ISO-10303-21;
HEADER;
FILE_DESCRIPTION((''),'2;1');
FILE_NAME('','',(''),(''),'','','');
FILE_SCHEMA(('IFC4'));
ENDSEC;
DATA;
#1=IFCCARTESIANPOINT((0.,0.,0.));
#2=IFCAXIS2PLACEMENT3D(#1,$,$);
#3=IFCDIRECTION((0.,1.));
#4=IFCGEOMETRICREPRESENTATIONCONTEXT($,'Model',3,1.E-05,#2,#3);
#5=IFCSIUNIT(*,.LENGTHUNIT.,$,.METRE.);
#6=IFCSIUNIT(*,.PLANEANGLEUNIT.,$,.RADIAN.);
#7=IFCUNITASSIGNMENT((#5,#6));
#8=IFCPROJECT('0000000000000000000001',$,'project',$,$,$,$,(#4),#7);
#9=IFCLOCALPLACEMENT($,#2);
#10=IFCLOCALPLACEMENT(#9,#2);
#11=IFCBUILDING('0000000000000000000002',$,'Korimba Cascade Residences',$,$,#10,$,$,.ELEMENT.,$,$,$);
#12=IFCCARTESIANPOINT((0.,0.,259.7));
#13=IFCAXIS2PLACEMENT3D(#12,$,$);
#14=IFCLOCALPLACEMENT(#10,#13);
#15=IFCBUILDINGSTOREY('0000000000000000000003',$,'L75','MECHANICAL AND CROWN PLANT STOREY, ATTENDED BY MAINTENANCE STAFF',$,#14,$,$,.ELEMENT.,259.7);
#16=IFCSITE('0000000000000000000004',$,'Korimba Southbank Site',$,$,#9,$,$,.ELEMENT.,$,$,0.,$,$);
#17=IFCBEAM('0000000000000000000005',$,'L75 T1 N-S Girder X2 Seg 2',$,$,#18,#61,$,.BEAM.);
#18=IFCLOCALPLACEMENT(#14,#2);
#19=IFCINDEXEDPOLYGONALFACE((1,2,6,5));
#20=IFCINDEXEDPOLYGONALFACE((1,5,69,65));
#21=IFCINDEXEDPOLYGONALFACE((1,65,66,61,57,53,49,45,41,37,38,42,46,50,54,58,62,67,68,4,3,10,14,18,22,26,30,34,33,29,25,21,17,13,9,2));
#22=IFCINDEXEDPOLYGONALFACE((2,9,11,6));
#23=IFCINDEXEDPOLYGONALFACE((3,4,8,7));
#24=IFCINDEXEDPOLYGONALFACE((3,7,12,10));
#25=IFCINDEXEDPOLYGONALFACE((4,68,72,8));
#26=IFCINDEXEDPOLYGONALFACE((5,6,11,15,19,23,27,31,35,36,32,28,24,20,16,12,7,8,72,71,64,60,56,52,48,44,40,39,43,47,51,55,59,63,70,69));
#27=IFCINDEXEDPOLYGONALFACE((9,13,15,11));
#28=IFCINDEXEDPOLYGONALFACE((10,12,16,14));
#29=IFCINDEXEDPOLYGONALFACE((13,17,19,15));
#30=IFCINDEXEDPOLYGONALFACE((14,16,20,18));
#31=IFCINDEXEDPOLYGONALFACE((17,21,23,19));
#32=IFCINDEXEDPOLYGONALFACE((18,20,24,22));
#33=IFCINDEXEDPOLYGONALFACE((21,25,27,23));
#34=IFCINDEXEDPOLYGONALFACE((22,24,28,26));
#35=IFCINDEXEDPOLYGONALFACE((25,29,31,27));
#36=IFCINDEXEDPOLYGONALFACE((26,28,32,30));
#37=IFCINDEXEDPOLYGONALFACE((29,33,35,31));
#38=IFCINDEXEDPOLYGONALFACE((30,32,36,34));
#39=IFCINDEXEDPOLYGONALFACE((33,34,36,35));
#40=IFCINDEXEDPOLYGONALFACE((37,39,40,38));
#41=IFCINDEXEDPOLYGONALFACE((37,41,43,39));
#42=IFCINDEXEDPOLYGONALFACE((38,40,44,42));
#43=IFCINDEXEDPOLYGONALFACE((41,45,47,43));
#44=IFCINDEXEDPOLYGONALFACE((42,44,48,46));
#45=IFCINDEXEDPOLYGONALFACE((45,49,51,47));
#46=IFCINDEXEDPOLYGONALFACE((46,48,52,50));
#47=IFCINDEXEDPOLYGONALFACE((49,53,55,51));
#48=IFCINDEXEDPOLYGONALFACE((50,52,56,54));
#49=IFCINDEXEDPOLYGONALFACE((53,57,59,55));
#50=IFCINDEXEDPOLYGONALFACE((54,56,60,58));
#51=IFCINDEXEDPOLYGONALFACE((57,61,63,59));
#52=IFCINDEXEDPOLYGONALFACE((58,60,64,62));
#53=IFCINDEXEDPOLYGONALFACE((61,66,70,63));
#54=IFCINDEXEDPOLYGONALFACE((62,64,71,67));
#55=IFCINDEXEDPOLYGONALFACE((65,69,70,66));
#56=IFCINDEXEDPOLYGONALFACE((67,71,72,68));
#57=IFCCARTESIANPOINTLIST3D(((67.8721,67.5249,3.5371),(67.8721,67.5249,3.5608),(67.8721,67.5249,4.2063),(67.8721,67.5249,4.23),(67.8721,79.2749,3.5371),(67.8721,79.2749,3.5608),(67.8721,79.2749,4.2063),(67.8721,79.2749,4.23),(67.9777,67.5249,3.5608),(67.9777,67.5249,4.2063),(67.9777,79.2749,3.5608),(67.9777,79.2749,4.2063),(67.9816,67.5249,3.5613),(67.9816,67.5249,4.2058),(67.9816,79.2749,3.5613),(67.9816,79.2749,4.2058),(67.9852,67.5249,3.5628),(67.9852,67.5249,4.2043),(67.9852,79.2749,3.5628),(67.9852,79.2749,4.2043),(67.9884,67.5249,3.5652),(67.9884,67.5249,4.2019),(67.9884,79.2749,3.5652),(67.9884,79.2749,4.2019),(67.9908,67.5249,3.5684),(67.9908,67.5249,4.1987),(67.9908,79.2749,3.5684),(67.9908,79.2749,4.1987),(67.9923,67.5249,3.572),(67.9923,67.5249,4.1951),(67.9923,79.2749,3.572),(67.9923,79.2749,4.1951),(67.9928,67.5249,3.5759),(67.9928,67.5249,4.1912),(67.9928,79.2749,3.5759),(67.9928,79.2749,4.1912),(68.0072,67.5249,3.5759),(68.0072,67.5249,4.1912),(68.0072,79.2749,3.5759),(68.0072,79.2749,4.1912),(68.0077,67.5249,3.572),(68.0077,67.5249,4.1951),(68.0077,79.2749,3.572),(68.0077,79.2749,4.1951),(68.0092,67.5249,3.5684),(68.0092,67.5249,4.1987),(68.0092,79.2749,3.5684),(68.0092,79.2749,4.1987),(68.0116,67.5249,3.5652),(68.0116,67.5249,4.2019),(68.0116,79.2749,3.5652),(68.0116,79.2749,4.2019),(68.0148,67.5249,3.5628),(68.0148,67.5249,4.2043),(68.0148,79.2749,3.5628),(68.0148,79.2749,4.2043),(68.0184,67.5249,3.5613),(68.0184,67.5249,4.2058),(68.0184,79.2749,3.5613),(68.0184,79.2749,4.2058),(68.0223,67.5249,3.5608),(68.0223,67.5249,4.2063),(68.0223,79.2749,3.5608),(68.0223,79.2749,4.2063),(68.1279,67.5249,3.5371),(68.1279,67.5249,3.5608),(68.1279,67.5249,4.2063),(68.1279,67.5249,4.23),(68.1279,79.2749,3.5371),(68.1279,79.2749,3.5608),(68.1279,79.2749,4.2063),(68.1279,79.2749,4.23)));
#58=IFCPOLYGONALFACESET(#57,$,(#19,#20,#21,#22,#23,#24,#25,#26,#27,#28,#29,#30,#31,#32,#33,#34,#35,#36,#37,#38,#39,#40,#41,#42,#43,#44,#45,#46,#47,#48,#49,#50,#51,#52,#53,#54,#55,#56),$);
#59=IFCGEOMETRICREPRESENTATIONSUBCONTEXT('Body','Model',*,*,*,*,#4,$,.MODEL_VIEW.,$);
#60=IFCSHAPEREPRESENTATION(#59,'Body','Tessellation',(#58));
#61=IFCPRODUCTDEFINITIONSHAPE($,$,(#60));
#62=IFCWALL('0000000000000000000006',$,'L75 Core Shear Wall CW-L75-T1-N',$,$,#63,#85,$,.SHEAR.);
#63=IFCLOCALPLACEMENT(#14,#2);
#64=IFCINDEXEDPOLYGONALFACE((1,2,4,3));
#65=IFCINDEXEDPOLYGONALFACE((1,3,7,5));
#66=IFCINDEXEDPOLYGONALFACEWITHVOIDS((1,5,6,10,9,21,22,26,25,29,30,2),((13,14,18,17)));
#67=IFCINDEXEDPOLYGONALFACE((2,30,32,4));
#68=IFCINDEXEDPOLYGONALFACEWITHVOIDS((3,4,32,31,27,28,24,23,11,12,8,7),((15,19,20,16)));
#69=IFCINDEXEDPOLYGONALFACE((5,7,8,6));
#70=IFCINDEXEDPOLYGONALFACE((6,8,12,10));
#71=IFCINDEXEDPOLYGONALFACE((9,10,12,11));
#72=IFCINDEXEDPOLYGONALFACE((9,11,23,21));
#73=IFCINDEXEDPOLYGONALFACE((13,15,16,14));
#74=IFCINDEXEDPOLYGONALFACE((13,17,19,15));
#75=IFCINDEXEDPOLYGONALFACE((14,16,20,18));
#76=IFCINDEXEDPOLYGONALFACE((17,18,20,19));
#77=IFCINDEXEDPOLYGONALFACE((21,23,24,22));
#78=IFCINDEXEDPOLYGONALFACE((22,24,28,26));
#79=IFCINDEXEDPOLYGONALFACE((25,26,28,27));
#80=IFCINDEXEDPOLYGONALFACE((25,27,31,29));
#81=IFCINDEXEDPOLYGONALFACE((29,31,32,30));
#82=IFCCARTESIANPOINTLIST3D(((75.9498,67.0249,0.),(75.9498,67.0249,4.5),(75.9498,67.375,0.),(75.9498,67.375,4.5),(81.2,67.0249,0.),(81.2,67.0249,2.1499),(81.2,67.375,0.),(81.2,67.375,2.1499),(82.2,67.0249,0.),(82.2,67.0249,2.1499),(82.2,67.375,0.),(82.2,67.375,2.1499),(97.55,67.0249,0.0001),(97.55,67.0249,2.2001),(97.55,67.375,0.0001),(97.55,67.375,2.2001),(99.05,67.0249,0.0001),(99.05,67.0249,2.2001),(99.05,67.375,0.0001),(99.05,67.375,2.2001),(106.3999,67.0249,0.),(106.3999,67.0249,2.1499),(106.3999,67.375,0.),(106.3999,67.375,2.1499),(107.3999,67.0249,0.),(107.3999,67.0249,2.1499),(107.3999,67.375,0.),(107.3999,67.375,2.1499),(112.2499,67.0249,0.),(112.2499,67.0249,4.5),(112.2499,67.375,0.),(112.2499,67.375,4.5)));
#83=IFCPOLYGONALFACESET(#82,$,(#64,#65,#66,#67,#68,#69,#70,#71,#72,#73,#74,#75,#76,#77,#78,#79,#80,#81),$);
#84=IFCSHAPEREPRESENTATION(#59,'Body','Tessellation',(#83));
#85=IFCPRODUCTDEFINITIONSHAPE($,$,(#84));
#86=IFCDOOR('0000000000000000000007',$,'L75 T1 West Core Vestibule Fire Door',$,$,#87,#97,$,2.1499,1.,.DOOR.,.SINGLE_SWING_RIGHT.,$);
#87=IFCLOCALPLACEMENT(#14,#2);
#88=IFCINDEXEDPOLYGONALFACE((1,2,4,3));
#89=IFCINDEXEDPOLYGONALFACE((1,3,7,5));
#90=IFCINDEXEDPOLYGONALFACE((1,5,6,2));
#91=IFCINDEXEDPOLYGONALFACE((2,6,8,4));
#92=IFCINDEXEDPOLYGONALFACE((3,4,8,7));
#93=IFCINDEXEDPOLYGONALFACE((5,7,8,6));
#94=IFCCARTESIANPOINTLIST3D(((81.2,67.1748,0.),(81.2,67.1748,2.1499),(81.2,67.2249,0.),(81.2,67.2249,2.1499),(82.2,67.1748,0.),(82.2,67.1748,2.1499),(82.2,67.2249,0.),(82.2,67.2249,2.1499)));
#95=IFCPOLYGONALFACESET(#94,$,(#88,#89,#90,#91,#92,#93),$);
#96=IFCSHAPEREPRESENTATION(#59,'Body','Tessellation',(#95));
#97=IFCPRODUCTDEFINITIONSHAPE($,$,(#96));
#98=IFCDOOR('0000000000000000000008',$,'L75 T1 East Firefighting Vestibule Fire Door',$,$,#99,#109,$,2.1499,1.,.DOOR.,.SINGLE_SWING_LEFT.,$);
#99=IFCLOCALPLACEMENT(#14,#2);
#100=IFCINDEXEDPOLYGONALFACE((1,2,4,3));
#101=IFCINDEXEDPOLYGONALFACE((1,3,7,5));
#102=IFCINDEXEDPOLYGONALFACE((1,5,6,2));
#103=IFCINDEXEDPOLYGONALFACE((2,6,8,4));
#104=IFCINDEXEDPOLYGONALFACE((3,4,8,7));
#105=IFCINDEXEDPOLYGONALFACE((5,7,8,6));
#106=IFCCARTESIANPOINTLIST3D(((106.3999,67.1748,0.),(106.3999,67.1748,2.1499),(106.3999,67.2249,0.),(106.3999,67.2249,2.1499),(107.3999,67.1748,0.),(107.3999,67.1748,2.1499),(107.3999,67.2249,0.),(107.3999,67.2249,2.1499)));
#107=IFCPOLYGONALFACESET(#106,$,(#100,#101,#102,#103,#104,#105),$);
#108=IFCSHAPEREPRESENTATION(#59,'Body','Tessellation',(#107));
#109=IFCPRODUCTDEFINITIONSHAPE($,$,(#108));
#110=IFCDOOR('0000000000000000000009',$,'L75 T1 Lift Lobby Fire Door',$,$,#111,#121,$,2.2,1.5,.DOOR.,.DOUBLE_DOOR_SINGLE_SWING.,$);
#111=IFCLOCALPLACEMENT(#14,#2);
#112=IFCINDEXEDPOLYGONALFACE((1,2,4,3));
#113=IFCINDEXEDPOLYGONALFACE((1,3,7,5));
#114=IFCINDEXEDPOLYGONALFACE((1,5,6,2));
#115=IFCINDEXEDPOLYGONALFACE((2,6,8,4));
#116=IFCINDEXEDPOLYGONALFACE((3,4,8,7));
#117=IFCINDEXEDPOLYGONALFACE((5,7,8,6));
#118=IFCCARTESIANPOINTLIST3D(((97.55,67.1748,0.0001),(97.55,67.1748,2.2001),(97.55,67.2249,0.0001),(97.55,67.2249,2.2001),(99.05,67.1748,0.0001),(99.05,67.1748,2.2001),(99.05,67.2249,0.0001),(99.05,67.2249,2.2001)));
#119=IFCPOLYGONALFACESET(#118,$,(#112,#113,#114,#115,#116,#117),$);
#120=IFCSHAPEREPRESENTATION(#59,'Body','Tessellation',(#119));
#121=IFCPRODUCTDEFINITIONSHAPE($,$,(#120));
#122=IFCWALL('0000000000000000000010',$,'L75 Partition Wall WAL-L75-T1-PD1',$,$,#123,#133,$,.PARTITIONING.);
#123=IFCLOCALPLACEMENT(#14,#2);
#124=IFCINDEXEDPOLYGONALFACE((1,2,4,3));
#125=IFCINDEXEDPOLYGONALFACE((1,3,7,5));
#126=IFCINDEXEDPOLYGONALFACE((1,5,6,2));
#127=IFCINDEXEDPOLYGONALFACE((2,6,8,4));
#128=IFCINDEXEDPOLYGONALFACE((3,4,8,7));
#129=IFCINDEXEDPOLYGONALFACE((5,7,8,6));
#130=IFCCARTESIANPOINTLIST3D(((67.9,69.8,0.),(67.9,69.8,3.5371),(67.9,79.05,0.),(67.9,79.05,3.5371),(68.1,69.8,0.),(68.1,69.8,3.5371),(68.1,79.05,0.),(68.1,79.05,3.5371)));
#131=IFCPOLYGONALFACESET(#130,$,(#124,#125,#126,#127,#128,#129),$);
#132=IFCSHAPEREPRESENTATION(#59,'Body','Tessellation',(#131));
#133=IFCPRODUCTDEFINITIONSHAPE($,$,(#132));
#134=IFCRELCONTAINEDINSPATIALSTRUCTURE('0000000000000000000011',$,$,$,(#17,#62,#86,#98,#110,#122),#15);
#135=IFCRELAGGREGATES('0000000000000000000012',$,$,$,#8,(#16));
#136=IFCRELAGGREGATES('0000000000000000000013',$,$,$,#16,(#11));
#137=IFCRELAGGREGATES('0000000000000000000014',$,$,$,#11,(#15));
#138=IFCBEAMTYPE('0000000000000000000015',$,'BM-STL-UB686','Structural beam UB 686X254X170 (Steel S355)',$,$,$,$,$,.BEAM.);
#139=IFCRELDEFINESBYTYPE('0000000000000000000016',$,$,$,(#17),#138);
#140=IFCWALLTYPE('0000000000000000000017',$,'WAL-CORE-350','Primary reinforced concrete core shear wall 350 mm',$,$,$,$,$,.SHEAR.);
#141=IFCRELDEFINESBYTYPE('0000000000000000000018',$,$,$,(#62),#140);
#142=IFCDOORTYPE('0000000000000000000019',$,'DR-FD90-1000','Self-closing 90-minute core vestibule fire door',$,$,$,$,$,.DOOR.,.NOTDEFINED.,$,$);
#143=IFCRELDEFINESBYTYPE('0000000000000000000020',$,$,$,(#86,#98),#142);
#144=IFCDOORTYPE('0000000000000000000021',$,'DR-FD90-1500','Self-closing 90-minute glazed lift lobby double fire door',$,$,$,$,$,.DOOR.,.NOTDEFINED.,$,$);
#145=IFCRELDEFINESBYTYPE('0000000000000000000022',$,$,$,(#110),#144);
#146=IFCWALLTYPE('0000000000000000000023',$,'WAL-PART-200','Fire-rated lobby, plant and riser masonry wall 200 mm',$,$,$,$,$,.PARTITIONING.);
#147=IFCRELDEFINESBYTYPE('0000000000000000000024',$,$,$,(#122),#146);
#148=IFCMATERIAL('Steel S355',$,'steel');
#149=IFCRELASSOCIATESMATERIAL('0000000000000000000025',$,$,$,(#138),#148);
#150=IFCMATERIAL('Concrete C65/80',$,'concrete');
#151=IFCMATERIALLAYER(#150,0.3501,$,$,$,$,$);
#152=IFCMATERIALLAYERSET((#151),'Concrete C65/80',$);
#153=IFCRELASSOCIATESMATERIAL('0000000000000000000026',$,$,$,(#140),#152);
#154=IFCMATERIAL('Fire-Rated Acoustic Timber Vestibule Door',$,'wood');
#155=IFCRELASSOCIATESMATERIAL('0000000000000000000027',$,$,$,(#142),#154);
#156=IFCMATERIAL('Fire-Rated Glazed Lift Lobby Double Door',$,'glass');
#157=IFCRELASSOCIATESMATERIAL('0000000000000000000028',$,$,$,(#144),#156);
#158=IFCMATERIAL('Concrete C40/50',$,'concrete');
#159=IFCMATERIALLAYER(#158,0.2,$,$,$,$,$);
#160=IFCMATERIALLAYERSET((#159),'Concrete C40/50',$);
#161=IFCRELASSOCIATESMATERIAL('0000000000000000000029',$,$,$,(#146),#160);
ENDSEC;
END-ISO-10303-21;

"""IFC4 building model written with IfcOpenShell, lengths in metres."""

from ifc_helpers import new_model, si_unit, direction, frame, frame_2d, origin, origin_2d, place, context, subcontext, project, spatial, rectangle, i_section, extrude, material, layer, layer_set, material_profile, profile_set, type_object, element, fill, save


model = new_model("IFC4")

# Units and contexts
model_context = context("Model", 3, precision=1e-05, world=origin(), true_north=direction((0.0, 1.0)))
body_context = subcontext(model_context, "Body", "Model", "MODEL_VIEW")
ifc_project = project(units=[si_unit("LENGTHUNIT", "METRE"), si_unit("PLANEANGLEUNIT", "RADIAN")], contexts=[model_context])

# Site, building, storey
site_placement = place(None, origin())
site = spatial("IfcSite", under=ifc_project, at=site_placement, Name="Korimba Southbank Site", CompositionType="ELEMENT", RefElevation=0.0)
building_placement = place(site_placement, origin())
building = spatial("IfcBuilding", under=site, at=building_placement, Name="Korimba Cascade Residences", CompositionType="ELEMENT")
storey_placement = place(building_placement, frame((0.0, 0.0, 259.7)))
storey = spatial("IfcBuildingStorey", under=building, at=storey_placement, Name="L75", Description="MECHANICAL AND CROWN PLANT STOREY, ATTENDED BY MAINTENANCE STAFF", CompositionType="ELEMENT", Elevation=259.7)

# Beam
ifc_material_1 = material(Name="Steel S355", Category="steel")
ifc_material_profile_1 = material_profile(ifc_material_1, i_section(OverallWidth=0.2559, OverallDepth=0.6929, WebThickness=0.0144, FlangeThickness=0.0237, FilletRadius=0.0151, at=origin_2d()), Name="Steel S355")
ifc_profile_set_1 = profile_set([ifc_material_profile_1], Name="Steel S355")
beam_type_1 = type_object("IfcBeamType", Name="BM-STL-UB686", Description="Structural beam UB 686X254X170 (Steel S355)", PredefinedType="BEAM", material=ifc_profile_set_1)
for number, where, z_axis, x_axis, name in (
    (1, (68.0, 67.5249, 3.8835), (0.0, 1.0, 0.0), (-1.0, 0.0, 0.0), "L75 T1 N-S Girder X2 Seg 2"),
):
    element("IfcBeam", number, at=place(storey_placement, frame(where, z_axis=z_axis, x_axis=x_axis)), inside=storey, type_object=beam_type_1, Name=name, PredefinedType="BEAM", context=body_context, shape_type="SweptSolid", body=[
        extrude(i_section(OverallWidth=0.2559, OverallDepth=0.6929, WebThickness=0.0144, FlangeThickness=0.0237, FilletRadius=0.0151, at=origin_2d()), origin(), (0.0, 0.0, 1.0), 11.75),
    ])

# Wall, openings, doors
ifc_material_2 = material(Name="Concrete C65/80", Category="concrete")
ifc_layer_1 = layer(ifc_material_2, 0.3501)
ifc_layer_set_1 = layer_set([ifc_layer_1], Name="Concrete C65/80")
wall_type_1 = type_object("IfcWallType", Name="WAL-CORE-350", Description="Primary reinforced concrete core shear wall 350 mm", PredefinedType="SHEAR", material=ifc_layer_set_1)
wall_1_placement = place(storey_placement, frame((75.95, 67.2, 0.0), z_axis=(0.0, 0.0, 1.0), x_axis=(1.0, 0.0, 0.0)))
wall_1 = element("IfcWall", 2, at=wall_1_placement, inside=storey, type_object=wall_type_1, Name="L75 Core Shear Wall CW-L75-T1-N", PredefinedType="SHEAR", context=body_context, shape_type="SweptSolid", body=[
    extrude(rectangle(XDim=36.3, YDim=0.3501, at=frame_2d((18.1499, 0.0))), origin(), (0.0, 0.0, 1.0), 4.5),
])
opening_1_placement = place(wall_1_placement, frame((5.25, 0.0, 0.0)))
opening_1 = element("IfcOpeningElement", 3, at=opening_1_placement, cuts=wall_1, PredefinedType="OPENING", context=body_context, shape_type="SweptSolid", body=[
    extrude(rectangle(XDim=1.0, YDim=2.1499, at=frame_2d((0.5, 1.075))), frame((0.0, 0.1851, 0.0), z_axis=(0.0, -1.0, 0.0), x_axis=(1.0, 0.0, 0.0)), (0.0, 0.0, 1.0), 0.3701),
])
opening_2_placement = place(wall_1_placement, frame((21.6001, 0.0, 0.0)))
opening_2 = element("IfcOpeningElement", 4, at=opening_2_placement, cuts=wall_1, PredefinedType="OPENING", context=body_context, shape_type="SweptSolid", body=[
    extrude(rectangle(XDim=1.5, YDim=2.2, at=frame_2d((0.75, 1.1001))), frame((0.0, 0.1851, 0.0), z_axis=(0.0, -1.0, 0.0), x_axis=(1.0, 0.0, 0.0)), (0.0, 0.0, 1.0), 0.3701),
])
opening_3_placement = place(wall_1_placement, frame((30.45, 0.0, 0.0)))
opening_3 = element("IfcOpeningElement", 5, at=opening_3_placement, cuts=wall_1, PredefinedType="OPENING", context=body_context, shape_type="SweptSolid", body=[
    extrude(rectangle(XDim=1.0, YDim=2.1499, at=frame_2d((0.5, 1.075))), frame((0.0, 0.1851, 0.0), z_axis=(0.0, -1.0, 0.0), x_axis=(1.0, 0.0, 0.0)), (0.0, 0.0, 1.0), 0.3701),
])
ifc_material_3 = material(Name="Fire-Rated Acoustic Timber Vestibule Door", Category="wood")
door_type_1 = type_object("IfcDoorType", Name="DR-FD90-1000", Description="Self-closing 90-minute core vestibule fire door", OperationType="NOTDEFINED", PredefinedType="DOOR", material=ifc_material_3)
door_1_placement = place(opening_1_placement, origin())
door_1 = element("IfcDoor", 6, at=door_1_placement, inside=storey, type_object=door_type_1, Name="L75 T1 West Core Vestibule Fire Door", OperationType="SINGLE_SWING_RIGHT", OverallHeight=2.1499, OverallWidth=1.0, PredefinedType="DOOR", context=body_context, shape_type="SweptSolid", body=[
    extrude(rectangle(XDim=1.0, YDim=2.1499, at=frame_2d((0.5, 1.075))), frame((0.0, 0.0249, 0.0), z_axis=(0.0, -1.0, 0.0), x_axis=(1.0, 0.0, 0.0)), (0.0, 0.0, 1.0), 0.05),
])
fill(opening_1, door_1)
door_2_placement = place(opening_3_placement, origin())
door_2 = element("IfcDoor", 7, at=door_2_placement, inside=storey, type_object=door_type_1, Name="L75 T1 East Firefighting Vestibule Fire Door", OperationType="SINGLE_SWING_LEFT", OverallHeight=2.1499, OverallWidth=1.0, PredefinedType="DOOR", context=body_context, shape_type="SweptSolid", body=[
    extrude(rectangle(XDim=1.0, YDim=2.1499, at=frame_2d((0.5, 1.075))), frame((0.0, 0.0249, 0.0), z_axis=(0.0, -1.0, 0.0), x_axis=(1.0, 0.0, 0.0)), (0.0, 0.0, 1.0), 0.05),
])
fill(opening_3, door_2)
ifc_material_4 = material(Name="Fire-Rated Glazed Lift Lobby Double Door", Category="glass")
door_type_2 = type_object("IfcDoorType", Name="DR-FD90-1500", Description="Self-closing 90-minute glazed lift lobby double fire door", OperationType="NOTDEFINED", PredefinedType="DOOR", material=ifc_material_4)
door_3_placement = place(opening_2_placement, origin())
door_3 = element("IfcDoor", 8, at=door_3_placement, inside=storey, type_object=door_type_2, Name="L75 T1 Lift Lobby Fire Door", OperationType="DOUBLE_DOOR_SINGLE_SWING", OverallHeight=2.2, OverallWidth=1.5, PredefinedType="DOOR", context=body_context, shape_type="SweptSolid", body=[
    extrude(rectangle(XDim=1.5, YDim=2.2, at=frame_2d((0.75, 1.1001))), frame((0.0, 0.0249, 0.0), z_axis=(0.0, -1.0, 0.0), x_axis=(1.0, 0.0, 0.0)), (0.0, 0.0, 1.0), 0.05),
])
fill(opening_2, door_3)

# Wall
ifc_material_5 = material(Name="Concrete C40/50", Category="concrete")
ifc_layer_2 = layer(ifc_material_5, 0.2)
ifc_layer_set_2 = layer_set([ifc_layer_2], Name="Concrete C40/50")
wall_type_2 = type_object("IfcWallType", Name="WAL-PART-200", Description="Fire-rated lobby, plant and riser masonry wall 200 mm", PredefinedType="PARTITIONING", material=ifc_layer_set_2)
wall_2_placement = place(storey_placement, frame((68.0, 69.8, 0.0), z_axis=(0.0, 0.0, 1.0), x_axis=(0.0, 1.0, 0.0)))
element("IfcWall", 9, at=wall_2_placement, inside=storey, type_object=wall_type_2, Name="L75 Partition Wall WAL-L75-T1-PD1", PredefinedType="PARTITIONING", context=body_context, shape_type="SweptSolid", body=[
    extrude(rectangle(XDim=9.25, YDim=0.2, at=frame_2d((4.625, 0.0))), origin(), (0.0, 0.0, 1.0), 3.5371),
])

save(model, "model.ifc")
